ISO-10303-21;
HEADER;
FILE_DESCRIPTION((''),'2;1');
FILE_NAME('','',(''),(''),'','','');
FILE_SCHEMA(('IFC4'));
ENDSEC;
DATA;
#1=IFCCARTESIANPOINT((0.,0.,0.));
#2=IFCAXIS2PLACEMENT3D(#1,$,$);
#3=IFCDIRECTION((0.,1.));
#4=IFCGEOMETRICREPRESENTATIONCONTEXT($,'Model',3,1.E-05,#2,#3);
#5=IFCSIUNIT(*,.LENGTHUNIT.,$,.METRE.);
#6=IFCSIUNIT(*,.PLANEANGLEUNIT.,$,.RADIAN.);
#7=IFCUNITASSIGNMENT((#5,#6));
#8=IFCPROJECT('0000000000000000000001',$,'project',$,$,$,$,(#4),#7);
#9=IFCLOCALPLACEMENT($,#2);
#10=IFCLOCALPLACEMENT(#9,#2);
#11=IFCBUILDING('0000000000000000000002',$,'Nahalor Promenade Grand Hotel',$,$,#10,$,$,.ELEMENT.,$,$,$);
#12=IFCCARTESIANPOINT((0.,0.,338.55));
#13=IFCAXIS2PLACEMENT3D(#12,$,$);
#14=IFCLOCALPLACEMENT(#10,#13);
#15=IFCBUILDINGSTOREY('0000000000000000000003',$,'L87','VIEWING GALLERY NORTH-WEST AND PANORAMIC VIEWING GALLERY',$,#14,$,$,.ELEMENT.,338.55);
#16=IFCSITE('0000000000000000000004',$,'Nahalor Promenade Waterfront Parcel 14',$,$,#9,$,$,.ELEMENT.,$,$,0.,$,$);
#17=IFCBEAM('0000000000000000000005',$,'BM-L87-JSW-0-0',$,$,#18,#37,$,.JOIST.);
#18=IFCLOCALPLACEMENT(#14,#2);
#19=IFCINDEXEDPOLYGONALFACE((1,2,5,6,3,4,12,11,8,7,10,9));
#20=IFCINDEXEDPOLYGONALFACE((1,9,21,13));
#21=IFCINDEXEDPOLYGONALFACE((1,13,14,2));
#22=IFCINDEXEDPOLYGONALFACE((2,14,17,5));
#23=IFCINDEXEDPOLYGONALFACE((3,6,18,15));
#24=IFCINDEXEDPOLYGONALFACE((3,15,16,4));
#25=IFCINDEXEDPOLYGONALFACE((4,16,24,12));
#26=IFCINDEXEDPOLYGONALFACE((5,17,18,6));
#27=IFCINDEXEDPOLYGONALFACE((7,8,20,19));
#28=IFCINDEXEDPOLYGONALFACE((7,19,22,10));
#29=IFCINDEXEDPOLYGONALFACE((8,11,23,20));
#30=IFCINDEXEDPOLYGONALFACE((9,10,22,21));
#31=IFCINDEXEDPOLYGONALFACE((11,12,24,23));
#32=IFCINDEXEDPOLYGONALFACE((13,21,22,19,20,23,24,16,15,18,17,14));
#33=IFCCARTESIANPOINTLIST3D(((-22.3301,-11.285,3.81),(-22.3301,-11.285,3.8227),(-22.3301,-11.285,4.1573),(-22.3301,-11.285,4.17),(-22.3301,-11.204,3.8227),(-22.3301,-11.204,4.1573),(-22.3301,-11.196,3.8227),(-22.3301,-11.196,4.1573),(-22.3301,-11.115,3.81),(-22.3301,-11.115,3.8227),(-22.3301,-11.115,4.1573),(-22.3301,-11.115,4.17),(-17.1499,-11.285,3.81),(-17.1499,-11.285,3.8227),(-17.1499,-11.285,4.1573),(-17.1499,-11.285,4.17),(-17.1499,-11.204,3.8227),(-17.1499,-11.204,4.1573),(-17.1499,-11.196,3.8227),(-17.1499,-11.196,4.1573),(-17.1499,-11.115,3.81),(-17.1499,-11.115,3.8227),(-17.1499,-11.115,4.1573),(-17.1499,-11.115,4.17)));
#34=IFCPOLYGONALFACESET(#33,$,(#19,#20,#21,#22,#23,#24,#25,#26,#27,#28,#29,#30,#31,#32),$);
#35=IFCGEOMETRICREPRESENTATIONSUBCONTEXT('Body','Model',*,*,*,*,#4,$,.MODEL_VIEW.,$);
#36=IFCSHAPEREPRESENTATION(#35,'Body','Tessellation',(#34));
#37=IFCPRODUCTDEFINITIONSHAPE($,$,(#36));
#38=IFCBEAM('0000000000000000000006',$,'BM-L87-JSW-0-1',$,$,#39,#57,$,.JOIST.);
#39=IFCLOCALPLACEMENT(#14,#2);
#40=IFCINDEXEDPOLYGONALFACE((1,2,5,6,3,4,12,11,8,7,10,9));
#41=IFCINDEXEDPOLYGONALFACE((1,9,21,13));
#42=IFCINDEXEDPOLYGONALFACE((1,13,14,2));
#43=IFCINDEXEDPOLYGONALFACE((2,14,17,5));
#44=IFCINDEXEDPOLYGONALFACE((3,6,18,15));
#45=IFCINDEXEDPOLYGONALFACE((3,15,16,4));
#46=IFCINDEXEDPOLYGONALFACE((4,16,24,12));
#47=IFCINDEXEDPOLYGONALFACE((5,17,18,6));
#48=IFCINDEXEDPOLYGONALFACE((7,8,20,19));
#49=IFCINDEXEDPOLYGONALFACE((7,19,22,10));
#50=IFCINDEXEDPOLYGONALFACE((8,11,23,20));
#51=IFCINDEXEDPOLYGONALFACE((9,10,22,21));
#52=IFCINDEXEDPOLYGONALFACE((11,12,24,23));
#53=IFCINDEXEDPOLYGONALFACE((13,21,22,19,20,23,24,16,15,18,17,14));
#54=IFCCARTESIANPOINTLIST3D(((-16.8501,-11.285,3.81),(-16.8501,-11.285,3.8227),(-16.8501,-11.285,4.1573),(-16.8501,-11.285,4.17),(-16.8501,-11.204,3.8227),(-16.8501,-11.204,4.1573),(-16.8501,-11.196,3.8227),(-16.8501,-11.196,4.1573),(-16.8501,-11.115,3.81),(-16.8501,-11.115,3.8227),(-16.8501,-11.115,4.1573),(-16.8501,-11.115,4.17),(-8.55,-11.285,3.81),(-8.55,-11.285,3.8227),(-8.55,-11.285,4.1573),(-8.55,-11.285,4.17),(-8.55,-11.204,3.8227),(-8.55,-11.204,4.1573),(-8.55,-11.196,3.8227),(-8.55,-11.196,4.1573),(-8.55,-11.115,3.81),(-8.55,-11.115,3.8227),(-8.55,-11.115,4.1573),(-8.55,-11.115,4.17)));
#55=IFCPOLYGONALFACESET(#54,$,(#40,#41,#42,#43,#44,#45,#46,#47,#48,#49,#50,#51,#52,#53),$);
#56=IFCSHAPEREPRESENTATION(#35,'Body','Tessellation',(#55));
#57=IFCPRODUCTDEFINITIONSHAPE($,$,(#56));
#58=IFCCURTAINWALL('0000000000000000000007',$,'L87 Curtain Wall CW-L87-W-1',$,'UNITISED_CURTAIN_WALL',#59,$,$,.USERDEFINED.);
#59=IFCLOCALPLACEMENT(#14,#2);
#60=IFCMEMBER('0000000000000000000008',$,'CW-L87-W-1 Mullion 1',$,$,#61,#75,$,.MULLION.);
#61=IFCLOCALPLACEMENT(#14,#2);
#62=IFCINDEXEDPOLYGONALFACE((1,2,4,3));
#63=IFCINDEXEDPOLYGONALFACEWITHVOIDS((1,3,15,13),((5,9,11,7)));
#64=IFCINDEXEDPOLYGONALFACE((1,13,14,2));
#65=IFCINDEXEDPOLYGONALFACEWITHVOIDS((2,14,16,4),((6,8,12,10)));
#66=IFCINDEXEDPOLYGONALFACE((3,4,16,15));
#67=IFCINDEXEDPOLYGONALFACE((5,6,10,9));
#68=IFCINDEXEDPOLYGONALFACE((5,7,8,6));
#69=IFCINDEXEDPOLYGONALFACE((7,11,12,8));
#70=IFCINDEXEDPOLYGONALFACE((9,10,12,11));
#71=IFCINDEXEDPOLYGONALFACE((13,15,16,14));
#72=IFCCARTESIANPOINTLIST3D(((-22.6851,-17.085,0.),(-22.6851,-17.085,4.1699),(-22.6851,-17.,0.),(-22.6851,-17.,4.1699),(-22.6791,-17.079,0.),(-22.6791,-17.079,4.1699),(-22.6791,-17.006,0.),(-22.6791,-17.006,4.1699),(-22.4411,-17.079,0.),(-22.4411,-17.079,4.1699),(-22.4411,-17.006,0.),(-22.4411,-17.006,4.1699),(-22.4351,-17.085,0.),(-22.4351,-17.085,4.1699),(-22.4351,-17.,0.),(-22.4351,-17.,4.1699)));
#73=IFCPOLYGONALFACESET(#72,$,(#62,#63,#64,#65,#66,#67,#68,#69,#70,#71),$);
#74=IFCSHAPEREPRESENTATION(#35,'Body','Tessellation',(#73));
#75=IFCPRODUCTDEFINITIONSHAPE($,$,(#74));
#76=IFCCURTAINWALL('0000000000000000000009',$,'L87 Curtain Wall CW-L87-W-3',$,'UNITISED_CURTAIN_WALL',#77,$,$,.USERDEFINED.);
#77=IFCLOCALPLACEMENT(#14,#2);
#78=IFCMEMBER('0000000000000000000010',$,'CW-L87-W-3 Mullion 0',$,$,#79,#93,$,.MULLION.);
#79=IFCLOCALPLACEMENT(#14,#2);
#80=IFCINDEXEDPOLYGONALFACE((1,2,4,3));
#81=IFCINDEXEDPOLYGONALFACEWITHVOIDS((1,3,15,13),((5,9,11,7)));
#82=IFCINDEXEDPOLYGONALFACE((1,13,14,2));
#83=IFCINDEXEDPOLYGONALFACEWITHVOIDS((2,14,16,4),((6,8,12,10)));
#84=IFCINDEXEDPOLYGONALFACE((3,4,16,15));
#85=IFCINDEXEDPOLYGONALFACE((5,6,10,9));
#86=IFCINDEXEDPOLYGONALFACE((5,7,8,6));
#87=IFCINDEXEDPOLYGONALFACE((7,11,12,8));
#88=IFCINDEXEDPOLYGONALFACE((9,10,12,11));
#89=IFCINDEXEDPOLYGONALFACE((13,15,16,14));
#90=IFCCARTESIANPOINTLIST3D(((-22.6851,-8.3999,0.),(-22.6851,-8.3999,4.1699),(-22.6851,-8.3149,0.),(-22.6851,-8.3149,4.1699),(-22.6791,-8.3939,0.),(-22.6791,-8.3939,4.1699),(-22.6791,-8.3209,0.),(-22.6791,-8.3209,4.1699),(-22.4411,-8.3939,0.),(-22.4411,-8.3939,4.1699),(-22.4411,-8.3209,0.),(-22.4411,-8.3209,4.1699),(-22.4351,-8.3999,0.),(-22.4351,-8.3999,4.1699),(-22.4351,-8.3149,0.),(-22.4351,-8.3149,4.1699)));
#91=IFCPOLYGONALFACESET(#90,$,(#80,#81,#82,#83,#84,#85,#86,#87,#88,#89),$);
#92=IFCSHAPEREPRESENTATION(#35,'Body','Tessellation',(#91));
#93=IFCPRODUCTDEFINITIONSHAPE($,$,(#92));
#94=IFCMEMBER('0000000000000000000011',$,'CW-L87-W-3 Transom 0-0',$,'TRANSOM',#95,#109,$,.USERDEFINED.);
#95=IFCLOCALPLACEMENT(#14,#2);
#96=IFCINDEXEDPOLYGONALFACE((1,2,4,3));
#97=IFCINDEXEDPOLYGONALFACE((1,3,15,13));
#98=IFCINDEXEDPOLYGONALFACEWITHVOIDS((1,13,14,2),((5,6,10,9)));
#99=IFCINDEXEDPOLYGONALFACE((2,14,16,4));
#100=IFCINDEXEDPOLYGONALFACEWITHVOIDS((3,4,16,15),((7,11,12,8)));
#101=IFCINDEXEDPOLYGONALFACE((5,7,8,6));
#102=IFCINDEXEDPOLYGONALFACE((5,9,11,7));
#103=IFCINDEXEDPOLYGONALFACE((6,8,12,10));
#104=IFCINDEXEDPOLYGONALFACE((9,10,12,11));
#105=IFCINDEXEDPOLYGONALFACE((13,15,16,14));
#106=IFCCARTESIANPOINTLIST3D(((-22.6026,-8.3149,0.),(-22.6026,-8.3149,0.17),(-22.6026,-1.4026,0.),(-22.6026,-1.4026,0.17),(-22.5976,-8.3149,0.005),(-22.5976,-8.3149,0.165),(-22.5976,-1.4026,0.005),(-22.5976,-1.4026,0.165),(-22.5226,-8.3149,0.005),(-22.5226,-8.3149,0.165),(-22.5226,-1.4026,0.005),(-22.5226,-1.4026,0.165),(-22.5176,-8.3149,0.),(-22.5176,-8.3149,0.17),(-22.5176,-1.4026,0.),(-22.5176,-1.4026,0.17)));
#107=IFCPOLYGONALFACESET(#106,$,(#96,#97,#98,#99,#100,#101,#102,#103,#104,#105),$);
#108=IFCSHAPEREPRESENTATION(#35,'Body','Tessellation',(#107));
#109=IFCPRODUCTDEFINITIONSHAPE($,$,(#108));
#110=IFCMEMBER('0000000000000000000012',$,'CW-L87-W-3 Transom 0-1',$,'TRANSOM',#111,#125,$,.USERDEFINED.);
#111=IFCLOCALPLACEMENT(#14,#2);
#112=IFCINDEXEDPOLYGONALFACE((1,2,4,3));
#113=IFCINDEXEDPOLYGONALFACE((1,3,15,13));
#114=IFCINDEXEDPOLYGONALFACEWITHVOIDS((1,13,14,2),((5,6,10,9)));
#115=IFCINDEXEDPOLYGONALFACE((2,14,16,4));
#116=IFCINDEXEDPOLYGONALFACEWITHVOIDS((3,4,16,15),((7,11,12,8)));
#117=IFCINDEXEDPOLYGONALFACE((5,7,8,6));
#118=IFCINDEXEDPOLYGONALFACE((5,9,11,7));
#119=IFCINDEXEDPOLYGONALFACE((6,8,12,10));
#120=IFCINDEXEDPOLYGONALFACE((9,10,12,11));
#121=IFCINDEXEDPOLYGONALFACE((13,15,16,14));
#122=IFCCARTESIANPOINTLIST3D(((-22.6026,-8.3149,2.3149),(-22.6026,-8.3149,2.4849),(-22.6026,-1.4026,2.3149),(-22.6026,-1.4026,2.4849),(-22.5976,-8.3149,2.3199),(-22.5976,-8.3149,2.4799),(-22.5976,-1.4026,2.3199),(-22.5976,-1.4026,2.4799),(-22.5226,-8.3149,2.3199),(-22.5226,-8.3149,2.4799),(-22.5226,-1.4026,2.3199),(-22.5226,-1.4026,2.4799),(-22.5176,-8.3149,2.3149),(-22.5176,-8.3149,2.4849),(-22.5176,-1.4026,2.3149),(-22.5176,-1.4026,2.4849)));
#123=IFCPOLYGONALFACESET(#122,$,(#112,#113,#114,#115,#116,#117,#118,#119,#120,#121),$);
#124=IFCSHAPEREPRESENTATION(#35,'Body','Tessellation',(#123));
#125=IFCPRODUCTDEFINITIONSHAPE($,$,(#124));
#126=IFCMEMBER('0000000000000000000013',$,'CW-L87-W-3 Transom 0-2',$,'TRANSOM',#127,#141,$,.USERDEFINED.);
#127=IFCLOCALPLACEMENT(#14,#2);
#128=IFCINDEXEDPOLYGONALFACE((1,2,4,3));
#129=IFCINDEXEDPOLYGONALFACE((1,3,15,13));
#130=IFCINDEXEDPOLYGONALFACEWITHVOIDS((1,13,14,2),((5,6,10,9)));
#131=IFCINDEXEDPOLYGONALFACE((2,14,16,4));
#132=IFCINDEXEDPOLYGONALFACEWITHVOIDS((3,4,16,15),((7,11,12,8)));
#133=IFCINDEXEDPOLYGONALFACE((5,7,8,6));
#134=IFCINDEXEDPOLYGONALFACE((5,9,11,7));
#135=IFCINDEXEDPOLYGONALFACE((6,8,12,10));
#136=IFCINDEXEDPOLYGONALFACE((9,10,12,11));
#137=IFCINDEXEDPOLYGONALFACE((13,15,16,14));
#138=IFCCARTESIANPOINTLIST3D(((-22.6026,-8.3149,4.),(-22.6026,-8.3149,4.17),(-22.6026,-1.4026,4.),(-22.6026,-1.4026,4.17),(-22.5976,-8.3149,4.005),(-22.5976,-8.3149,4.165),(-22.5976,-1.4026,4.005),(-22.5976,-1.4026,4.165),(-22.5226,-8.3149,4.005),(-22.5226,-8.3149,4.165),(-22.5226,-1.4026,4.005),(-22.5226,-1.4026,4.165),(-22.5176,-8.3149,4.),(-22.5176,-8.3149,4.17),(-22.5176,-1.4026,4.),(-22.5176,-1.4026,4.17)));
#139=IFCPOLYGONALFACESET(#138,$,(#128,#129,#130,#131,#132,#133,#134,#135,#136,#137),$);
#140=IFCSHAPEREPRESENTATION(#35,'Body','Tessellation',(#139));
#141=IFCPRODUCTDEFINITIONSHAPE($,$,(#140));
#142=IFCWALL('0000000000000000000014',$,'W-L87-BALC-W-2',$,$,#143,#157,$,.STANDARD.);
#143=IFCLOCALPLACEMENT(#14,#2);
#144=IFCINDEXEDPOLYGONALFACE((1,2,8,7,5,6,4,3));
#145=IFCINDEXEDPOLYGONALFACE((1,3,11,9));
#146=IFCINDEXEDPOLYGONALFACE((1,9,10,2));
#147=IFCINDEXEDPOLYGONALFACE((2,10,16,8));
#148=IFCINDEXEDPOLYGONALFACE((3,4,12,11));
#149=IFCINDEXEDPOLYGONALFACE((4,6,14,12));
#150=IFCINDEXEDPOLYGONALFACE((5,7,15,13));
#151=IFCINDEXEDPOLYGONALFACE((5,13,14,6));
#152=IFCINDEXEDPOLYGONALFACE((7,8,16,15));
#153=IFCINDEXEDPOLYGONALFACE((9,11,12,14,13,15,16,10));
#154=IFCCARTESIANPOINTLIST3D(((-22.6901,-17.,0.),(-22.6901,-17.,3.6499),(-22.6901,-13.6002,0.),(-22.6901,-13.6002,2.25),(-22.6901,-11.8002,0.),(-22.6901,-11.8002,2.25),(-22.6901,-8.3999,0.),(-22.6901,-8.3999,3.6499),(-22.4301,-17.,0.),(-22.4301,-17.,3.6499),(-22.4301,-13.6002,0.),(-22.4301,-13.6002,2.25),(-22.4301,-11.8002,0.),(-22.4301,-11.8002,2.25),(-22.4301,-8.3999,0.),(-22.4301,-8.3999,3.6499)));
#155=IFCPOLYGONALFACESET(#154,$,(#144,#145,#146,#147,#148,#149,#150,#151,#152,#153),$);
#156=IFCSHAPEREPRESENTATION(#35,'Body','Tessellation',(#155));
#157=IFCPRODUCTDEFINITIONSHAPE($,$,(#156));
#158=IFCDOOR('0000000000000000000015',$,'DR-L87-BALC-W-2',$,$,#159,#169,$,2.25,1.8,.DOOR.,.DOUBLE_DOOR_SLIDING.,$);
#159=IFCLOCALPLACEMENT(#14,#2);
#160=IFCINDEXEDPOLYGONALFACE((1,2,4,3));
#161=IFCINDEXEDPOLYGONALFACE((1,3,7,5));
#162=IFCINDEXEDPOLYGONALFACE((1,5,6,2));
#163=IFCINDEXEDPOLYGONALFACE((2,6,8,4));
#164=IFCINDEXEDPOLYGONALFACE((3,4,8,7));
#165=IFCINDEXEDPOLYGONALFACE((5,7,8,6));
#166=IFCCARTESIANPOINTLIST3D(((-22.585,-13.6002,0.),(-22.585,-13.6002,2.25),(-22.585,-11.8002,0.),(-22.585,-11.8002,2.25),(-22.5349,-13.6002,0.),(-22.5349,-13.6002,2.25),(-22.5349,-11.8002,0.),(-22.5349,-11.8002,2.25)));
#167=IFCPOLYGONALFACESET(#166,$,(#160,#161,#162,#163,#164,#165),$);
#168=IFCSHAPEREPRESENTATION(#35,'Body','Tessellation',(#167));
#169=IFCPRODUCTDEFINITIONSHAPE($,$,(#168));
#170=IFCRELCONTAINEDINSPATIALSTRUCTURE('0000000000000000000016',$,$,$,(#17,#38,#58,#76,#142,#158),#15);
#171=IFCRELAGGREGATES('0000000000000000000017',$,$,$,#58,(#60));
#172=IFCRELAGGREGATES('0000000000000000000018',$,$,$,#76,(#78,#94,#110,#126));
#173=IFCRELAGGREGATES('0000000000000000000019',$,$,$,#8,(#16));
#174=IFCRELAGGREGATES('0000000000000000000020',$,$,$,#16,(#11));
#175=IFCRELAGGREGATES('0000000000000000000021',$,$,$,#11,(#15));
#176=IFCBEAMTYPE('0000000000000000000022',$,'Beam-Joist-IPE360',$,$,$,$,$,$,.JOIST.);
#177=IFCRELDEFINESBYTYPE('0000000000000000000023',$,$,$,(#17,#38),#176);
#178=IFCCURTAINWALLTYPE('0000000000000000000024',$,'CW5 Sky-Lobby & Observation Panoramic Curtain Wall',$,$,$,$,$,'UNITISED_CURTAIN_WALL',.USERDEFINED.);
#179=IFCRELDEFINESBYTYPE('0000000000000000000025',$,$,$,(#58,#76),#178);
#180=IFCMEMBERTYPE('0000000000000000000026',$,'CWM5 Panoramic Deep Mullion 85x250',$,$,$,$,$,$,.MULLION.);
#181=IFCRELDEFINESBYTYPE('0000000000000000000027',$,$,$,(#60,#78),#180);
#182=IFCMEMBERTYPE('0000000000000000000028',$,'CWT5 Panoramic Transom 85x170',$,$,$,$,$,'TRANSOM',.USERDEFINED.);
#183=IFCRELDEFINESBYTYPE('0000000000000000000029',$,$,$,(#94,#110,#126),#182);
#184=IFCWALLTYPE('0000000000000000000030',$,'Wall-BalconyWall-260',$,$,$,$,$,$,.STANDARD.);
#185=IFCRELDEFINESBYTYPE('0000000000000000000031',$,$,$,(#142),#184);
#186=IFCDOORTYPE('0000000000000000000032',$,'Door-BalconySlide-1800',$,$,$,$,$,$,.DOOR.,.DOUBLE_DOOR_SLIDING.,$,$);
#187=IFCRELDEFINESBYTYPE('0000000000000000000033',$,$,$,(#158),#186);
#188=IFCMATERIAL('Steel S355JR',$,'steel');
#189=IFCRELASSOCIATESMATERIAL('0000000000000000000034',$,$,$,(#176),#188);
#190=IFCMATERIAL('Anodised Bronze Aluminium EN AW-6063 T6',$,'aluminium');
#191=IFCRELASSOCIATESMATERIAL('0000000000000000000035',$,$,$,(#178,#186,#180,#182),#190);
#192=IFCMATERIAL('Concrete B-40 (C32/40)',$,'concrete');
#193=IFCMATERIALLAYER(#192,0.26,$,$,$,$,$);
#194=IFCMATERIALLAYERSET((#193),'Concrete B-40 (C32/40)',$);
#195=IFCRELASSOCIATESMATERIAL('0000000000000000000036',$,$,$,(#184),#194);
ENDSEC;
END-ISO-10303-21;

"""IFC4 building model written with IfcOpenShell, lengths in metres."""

from ifc_helpers import new_model, si_unit, direction, frame, frame_2d, origin, origin_2d, place, context, subcontext, project, spatial, rectangle, hollow_rectangle, i_section, extrude, source, transform, mapped, material, layer, layer_set, material_profile, profile_set, type_object, element, fill, aggregate, save


model = new_model("IFC4")

# Units and contexts
model_context = context("Model", 3, precision=1e-05, world=origin(), true_north=direction((0.0, 1.0)))
body_context = subcontext(model_context, "Body", "Model", "MODEL_VIEW")
ifc_project = project(units=[si_unit("LENGTHUNIT", "METRE"), si_unit("PLANEANGLEUNIT", "RADIAN")], contexts=[model_context])

# Site, building, storey
site_placement = place(None, origin())
site = spatial("IfcSite", under=ifc_project, at=site_placement, Name="Nahalor Promenade Waterfront Parcel 14", CompositionType="ELEMENT", RefElevation=0.0)
building_placement = place(site_placement, origin())
building = spatial("IfcBuilding", under=site, at=building_placement, Name="Nahalor Promenade Grand Hotel", CompositionType="ELEMENT")
storey_placement = place(building_placement, frame((0.0, 0.0, 338.55)))
storey = spatial("IfcBuildingStorey", under=building, at=storey_placement, Name="L87", Description="VIEWING GALLERY NORTH-WEST AND PANORAMIC VIEWING GALLERY", CompositionType="ELEMENT", Elevation=338.55)

# Shared definitions
ifc_material_1 = material(Name="Steel S355JR", Category="steel")

# Beams
ifc_material_profile_1 = material_profile(ifc_material_1, i_section(OverallWidth=0.17, OverallDepth=0.36, WebThickness=0.008, FlangeThickness=0.0127, at=origin_2d()), Name="IPE 360")
ifc_profile_set_1 = profile_set([ifc_material_profile_1], Name="Steel S355JR")
beam_type_1 = type_object("IfcBeamType", Name="Beam-Joist-IPE360", PredefinedType="JOIST", material=ifc_profile_set_1)
shared_shape_1 = source(origin(), body_context, "Body", "SweptSolid", [
    extrude(i_section(OverallWidth=0.17, OverallDepth=0.36, WebThickness=0.008, FlangeThickness=0.0127, at=origin_2d()), origin(), (0.0, 0.0, 1.0), 5.1802),
])
beam_1_placement = place(storey_placement, frame((-22.3301, -11.2, 3.99), z_axis=(1.0, 0.0, 0.0), x_axis=(0.0, 1.0, 0.0)))
element("IfcBeam", 1, at=beam_1_placement, inside=storey, type_object=beam_type_1, Name="BM-L87-JSW-0-0", PredefinedType="JOIST", context=body_context, shape_type="MappedRepresentation", body=[
    mapped(shared_shape_1, transform((0.0, 0.0, 0.0), scale=1.0)),
])
shared_shape_2 = source(origin(), body_context, "Body", "SweptSolid", [
    extrude(i_section(OverallWidth=0.17, OverallDepth=0.36, WebThickness=0.008, FlangeThickness=0.0127, at=origin_2d()), origin(), (0.0, 0.0, 1.0), 8.3),
])
beam_2_placement = place(storey_placement, frame((-16.8501, -11.2, 3.99), z_axis=(1.0, 0.0, 0.0), x_axis=(0.0, 1.0, 0.0)))
element("IfcBeam", 2, at=beam_2_placement, inside=storey, type_object=beam_type_1, Name="BM-L87-JSW-0-1", PredefinedType="JOIST", context=body_context, shape_type="MappedRepresentation", body=[
    mapped(shared_shape_2, transform((0.0, 0.0, 0.0), scale=1.0)),
])

# Curtain wall, member
ifc_material_2 = material(Name="Anodised Bronze Aluminium EN AW-6063 T6", Category="aluminium")
curtain_wall_type = type_object("IfcCurtainWallType", Name="CW5 Sky-Lobby & Observation Panoramic Curtain Wall", ElementType="UNITISED_CURTAIN_WALL", PredefinedType="USERDEFINED", material=ifc_material_2)
curtain_wall_1_placement = place(storey_placement, origin())
curtain_wall_1 = element("IfcCurtainWall", 3, at=curtain_wall_1_placement, inside=storey, type_object=curtain_wall_type, Name="L87 Curtain Wall CW-L87-W-1", ObjectType="UNITISED_CURTAIN_WALL", PredefinedType="USERDEFINED")
ifc_material_profile_2 = material_profile(ifc_material_2, hollow_rectangle(XDim=0.085, YDim=0.25, WallThickness=0.006, at=origin_2d()), Name="CWM 85x250x6")
ifc_profile_set_2 = profile_set([ifc_material_profile_2], Name="Anodised Bronze Aluminium EN AW-6063 T6")
member_type_1 = type_object("IfcMemberType", Name="CWM5 Panoramic Deep Mullion 85x250", PredefinedType="MULLION", material=ifc_profile_set_2)
shared_shape_3 = source(origin(), body_context, "Body", "SweptSolid", [
    extrude(hollow_rectangle(XDim=0.085, YDim=0.25, WallThickness=0.006, at=origin_2d()), origin(), (0.0, 0.0, 1.0), 4.1699),
])
member_1_placement = place(storey_placement, frame((-22.5601, -17.0425, 0.0), z_axis=(0.0, 0.0, 1.0), x_axis=(0.0, 1.0, 0.0)))
member_1 = element("IfcMember", 4, at=member_1_placement, type_object=member_type_1, Name="CW-L87-W-1 Mullion 1", PredefinedType="MULLION", context=body_context, shape_type="MappedRepresentation", body=[
    mapped(shared_shape_3, transform((0.0, 0.0, 0.0), scale=1.0)),
])
aggregate(curtain_wall_1, [member_1])

# Curtain wall, members
curtain_wall_2_placement = place(storey_placement, origin())
curtain_wall_2 = element("IfcCurtainWall", 5, at=curtain_wall_2_placement, inside=storey, type_object=curtain_wall_type, Name="L87 Curtain Wall CW-L87-W-3", ObjectType="UNITISED_CURTAIN_WALL", PredefinedType="USERDEFINED")
member_2_placement = place(storey_placement, frame((-22.5601, -8.3574, 0.0), z_axis=(0.0, 0.0, 1.0), x_axis=(0.0, 1.0, 0.0)))
member_2 = element("IfcMember", 6, at=member_2_placement, type_object=member_type_1, Name="CW-L87-W-3 Mullion 0", PredefinedType="MULLION", context=body_context, shape_type="MappedRepresentation", body=[
    mapped(shared_shape_3, transform((0.0, 0.0, 0.0), scale=1.0)),
])
ifc_material_profile_3 = material_profile(ifc_material_2, hollow_rectangle(XDim=0.085, YDim=0.17, WallThickness=0.005, at=origin_2d()), Name="CWT 85x170x5")
ifc_profile_set_3 = profile_set([ifc_material_profile_3], Name="Anodised Bronze Aluminium EN AW-6063 T6")
member_type_2 = type_object("IfcMemberType", Name="CWT5 Panoramic Transom 85x170", ElementType="TRANSOM", PredefinedType="USERDEFINED", material=ifc_profile_set_3)
shared_shape_4 = source(origin(), body_context, "Body", "SweptSolid", [
    extrude(hollow_rectangle(XDim=0.085, YDim=0.17, WallThickness=0.005, at=origin_2d()), origin(), (0.0, 0.0, 1.0), 6.9124),
])
member_3_placement = place(storey_placement, frame((-22.5601, -8.3149, 0.085), z_axis=(0.0, 1.0, 0.0), x_axis=(-1.0, 0.0, 0.0)))
member_3 = element("IfcMember", 7, at=member_3_placement, type_object=member_type_2, Name="CW-L87-W-3 Transom 0-0", ObjectType="TRANSOM", PredefinedType="USERDEFINED", context=body_context, shape_type="MappedRepresentation", body=[
    mapped(shared_shape_4, transform((0.0, 0.0, 0.0), scale=1.0)),
])
member_4_placement = place(storey_placement, frame((-22.5601, -8.3149, 2.3999), z_axis=(0.0, 1.0, 0.0), x_axis=(-1.0, 0.0, 0.0)))
member_4 = element("IfcMember", 8, at=member_4_placement, type_object=member_type_2, Name="CW-L87-W-3 Transom 0-1", ObjectType="TRANSOM", PredefinedType="USERDEFINED", context=body_context, shape_type="MappedRepresentation", body=[
    mapped(shared_shape_4, transform((0.0, 0.0, 0.0), scale=1.0)),
])
member_5_placement = place(storey_placement, frame((-22.5601, -8.3149, 4.085), z_axis=(0.0, 1.0, 0.0), x_axis=(-1.0, 0.0, 0.0)))
member_5 = element("IfcMember", 9, at=member_5_placement, type_object=member_type_2, Name="CW-L87-W-3 Transom 0-2", ObjectType="TRANSOM", PredefinedType="USERDEFINED", context=body_context, shape_type="MappedRepresentation", body=[
    mapped(shared_shape_4, transform((0.0, 0.0, 0.0), scale=1.0)),
])
aggregate(curtain_wall_2, [member_2, member_3, member_4, member_5])

# Wall, opening, door
ifc_material_3 = material(Name="Concrete B-40 (C32/40)", Category="concrete")
ifc_layer = layer(ifc_material_3, 0.26)
ifc_layer_set = layer_set([ifc_layer], Name="Concrete B-40 (C32/40)")
wall_type = type_object("IfcWallType", Name="Wall-BalconyWall-260", PredefinedType="STANDARD", material=ifc_layer_set)
shared_shape_5 = source(origin(), body_context, "Body", "SweptSolid", [
    extrude(rectangle(XDim=8.6001, YDim=0.26, at=frame_2d((4.3, 0.0))), origin(), (0.0, 0.0, 1.0), 3.6499),
])
wall_placement = place(storey_placement, frame((-22.5601, -17.0, 0.0), z_axis=(0.0, 0.0, 1.0), x_axis=(0.0, 1.0, 0.0)))
wall = element("IfcWall", 10, at=wall_placement, inside=storey, type_object=wall_type, Name="W-L87-BALC-W-2", PredefinedType="STANDARD", context=body_context, shape_type="MappedRepresentation", body=[
    mapped(shared_shape_5, transform((0.0, 0.0, 0.0), scale=1.0)),
])
opening_placement = place(wall_placement, frame((3.3999, 0.0, 0.0)))
opening = element("IfcOpeningElement", 11, at=opening_placement, cuts=wall, PredefinedType="OPENING", context=body_context, shape_type="SweptSolid", body=[
    extrude(rectangle(XDim=1.8, YDim=2.25, at=frame_2d((0.8999, 1.125))), frame((0.0, 0.1399, 0.0), z_axis=(0.0, -1.0, 0.0), x_axis=(1.0, 0.0, 0.0)), (0.0, 0.0, 1.0), 0.28),
])
door_type = type_object("IfcDoorType", Name="Door-BalconySlide-1800", OperationType="DOUBLE_DOOR_SLIDING", PredefinedType="DOOR", material=ifc_material_2)
shared_shape_6 = source(origin(), body_context, "Body", "SweptSolid", [
    extrude(rectangle(XDim=1.8, YDim=2.25, at=frame_2d((0.8999, 1.125))), frame((0.0, 0.0249, 0.0), z_axis=(0.0, -1.0, 0.0), x_axis=(1.0, 0.0, 0.0)), (0.0, 0.0, 1.0), 0.05),
])
door_placement = place(opening_placement, origin())
door = element("IfcDoor", 12, at=door_placement, inside=storey, type_object=door_type, Name="DR-L87-BALC-W-2", OperationType="DOUBLE_DOOR_SLIDING", OverallHeight=2.25, OverallWidth=1.8, PredefinedType="DOOR", context=body_context, shape_type="MappedRepresentation", body=[
    mapped(shared_shape_6, transform((0.0, 0.0, 0.0), scale=1.0)),
])
fill(opening, door)

save(model, "model.ifc")
